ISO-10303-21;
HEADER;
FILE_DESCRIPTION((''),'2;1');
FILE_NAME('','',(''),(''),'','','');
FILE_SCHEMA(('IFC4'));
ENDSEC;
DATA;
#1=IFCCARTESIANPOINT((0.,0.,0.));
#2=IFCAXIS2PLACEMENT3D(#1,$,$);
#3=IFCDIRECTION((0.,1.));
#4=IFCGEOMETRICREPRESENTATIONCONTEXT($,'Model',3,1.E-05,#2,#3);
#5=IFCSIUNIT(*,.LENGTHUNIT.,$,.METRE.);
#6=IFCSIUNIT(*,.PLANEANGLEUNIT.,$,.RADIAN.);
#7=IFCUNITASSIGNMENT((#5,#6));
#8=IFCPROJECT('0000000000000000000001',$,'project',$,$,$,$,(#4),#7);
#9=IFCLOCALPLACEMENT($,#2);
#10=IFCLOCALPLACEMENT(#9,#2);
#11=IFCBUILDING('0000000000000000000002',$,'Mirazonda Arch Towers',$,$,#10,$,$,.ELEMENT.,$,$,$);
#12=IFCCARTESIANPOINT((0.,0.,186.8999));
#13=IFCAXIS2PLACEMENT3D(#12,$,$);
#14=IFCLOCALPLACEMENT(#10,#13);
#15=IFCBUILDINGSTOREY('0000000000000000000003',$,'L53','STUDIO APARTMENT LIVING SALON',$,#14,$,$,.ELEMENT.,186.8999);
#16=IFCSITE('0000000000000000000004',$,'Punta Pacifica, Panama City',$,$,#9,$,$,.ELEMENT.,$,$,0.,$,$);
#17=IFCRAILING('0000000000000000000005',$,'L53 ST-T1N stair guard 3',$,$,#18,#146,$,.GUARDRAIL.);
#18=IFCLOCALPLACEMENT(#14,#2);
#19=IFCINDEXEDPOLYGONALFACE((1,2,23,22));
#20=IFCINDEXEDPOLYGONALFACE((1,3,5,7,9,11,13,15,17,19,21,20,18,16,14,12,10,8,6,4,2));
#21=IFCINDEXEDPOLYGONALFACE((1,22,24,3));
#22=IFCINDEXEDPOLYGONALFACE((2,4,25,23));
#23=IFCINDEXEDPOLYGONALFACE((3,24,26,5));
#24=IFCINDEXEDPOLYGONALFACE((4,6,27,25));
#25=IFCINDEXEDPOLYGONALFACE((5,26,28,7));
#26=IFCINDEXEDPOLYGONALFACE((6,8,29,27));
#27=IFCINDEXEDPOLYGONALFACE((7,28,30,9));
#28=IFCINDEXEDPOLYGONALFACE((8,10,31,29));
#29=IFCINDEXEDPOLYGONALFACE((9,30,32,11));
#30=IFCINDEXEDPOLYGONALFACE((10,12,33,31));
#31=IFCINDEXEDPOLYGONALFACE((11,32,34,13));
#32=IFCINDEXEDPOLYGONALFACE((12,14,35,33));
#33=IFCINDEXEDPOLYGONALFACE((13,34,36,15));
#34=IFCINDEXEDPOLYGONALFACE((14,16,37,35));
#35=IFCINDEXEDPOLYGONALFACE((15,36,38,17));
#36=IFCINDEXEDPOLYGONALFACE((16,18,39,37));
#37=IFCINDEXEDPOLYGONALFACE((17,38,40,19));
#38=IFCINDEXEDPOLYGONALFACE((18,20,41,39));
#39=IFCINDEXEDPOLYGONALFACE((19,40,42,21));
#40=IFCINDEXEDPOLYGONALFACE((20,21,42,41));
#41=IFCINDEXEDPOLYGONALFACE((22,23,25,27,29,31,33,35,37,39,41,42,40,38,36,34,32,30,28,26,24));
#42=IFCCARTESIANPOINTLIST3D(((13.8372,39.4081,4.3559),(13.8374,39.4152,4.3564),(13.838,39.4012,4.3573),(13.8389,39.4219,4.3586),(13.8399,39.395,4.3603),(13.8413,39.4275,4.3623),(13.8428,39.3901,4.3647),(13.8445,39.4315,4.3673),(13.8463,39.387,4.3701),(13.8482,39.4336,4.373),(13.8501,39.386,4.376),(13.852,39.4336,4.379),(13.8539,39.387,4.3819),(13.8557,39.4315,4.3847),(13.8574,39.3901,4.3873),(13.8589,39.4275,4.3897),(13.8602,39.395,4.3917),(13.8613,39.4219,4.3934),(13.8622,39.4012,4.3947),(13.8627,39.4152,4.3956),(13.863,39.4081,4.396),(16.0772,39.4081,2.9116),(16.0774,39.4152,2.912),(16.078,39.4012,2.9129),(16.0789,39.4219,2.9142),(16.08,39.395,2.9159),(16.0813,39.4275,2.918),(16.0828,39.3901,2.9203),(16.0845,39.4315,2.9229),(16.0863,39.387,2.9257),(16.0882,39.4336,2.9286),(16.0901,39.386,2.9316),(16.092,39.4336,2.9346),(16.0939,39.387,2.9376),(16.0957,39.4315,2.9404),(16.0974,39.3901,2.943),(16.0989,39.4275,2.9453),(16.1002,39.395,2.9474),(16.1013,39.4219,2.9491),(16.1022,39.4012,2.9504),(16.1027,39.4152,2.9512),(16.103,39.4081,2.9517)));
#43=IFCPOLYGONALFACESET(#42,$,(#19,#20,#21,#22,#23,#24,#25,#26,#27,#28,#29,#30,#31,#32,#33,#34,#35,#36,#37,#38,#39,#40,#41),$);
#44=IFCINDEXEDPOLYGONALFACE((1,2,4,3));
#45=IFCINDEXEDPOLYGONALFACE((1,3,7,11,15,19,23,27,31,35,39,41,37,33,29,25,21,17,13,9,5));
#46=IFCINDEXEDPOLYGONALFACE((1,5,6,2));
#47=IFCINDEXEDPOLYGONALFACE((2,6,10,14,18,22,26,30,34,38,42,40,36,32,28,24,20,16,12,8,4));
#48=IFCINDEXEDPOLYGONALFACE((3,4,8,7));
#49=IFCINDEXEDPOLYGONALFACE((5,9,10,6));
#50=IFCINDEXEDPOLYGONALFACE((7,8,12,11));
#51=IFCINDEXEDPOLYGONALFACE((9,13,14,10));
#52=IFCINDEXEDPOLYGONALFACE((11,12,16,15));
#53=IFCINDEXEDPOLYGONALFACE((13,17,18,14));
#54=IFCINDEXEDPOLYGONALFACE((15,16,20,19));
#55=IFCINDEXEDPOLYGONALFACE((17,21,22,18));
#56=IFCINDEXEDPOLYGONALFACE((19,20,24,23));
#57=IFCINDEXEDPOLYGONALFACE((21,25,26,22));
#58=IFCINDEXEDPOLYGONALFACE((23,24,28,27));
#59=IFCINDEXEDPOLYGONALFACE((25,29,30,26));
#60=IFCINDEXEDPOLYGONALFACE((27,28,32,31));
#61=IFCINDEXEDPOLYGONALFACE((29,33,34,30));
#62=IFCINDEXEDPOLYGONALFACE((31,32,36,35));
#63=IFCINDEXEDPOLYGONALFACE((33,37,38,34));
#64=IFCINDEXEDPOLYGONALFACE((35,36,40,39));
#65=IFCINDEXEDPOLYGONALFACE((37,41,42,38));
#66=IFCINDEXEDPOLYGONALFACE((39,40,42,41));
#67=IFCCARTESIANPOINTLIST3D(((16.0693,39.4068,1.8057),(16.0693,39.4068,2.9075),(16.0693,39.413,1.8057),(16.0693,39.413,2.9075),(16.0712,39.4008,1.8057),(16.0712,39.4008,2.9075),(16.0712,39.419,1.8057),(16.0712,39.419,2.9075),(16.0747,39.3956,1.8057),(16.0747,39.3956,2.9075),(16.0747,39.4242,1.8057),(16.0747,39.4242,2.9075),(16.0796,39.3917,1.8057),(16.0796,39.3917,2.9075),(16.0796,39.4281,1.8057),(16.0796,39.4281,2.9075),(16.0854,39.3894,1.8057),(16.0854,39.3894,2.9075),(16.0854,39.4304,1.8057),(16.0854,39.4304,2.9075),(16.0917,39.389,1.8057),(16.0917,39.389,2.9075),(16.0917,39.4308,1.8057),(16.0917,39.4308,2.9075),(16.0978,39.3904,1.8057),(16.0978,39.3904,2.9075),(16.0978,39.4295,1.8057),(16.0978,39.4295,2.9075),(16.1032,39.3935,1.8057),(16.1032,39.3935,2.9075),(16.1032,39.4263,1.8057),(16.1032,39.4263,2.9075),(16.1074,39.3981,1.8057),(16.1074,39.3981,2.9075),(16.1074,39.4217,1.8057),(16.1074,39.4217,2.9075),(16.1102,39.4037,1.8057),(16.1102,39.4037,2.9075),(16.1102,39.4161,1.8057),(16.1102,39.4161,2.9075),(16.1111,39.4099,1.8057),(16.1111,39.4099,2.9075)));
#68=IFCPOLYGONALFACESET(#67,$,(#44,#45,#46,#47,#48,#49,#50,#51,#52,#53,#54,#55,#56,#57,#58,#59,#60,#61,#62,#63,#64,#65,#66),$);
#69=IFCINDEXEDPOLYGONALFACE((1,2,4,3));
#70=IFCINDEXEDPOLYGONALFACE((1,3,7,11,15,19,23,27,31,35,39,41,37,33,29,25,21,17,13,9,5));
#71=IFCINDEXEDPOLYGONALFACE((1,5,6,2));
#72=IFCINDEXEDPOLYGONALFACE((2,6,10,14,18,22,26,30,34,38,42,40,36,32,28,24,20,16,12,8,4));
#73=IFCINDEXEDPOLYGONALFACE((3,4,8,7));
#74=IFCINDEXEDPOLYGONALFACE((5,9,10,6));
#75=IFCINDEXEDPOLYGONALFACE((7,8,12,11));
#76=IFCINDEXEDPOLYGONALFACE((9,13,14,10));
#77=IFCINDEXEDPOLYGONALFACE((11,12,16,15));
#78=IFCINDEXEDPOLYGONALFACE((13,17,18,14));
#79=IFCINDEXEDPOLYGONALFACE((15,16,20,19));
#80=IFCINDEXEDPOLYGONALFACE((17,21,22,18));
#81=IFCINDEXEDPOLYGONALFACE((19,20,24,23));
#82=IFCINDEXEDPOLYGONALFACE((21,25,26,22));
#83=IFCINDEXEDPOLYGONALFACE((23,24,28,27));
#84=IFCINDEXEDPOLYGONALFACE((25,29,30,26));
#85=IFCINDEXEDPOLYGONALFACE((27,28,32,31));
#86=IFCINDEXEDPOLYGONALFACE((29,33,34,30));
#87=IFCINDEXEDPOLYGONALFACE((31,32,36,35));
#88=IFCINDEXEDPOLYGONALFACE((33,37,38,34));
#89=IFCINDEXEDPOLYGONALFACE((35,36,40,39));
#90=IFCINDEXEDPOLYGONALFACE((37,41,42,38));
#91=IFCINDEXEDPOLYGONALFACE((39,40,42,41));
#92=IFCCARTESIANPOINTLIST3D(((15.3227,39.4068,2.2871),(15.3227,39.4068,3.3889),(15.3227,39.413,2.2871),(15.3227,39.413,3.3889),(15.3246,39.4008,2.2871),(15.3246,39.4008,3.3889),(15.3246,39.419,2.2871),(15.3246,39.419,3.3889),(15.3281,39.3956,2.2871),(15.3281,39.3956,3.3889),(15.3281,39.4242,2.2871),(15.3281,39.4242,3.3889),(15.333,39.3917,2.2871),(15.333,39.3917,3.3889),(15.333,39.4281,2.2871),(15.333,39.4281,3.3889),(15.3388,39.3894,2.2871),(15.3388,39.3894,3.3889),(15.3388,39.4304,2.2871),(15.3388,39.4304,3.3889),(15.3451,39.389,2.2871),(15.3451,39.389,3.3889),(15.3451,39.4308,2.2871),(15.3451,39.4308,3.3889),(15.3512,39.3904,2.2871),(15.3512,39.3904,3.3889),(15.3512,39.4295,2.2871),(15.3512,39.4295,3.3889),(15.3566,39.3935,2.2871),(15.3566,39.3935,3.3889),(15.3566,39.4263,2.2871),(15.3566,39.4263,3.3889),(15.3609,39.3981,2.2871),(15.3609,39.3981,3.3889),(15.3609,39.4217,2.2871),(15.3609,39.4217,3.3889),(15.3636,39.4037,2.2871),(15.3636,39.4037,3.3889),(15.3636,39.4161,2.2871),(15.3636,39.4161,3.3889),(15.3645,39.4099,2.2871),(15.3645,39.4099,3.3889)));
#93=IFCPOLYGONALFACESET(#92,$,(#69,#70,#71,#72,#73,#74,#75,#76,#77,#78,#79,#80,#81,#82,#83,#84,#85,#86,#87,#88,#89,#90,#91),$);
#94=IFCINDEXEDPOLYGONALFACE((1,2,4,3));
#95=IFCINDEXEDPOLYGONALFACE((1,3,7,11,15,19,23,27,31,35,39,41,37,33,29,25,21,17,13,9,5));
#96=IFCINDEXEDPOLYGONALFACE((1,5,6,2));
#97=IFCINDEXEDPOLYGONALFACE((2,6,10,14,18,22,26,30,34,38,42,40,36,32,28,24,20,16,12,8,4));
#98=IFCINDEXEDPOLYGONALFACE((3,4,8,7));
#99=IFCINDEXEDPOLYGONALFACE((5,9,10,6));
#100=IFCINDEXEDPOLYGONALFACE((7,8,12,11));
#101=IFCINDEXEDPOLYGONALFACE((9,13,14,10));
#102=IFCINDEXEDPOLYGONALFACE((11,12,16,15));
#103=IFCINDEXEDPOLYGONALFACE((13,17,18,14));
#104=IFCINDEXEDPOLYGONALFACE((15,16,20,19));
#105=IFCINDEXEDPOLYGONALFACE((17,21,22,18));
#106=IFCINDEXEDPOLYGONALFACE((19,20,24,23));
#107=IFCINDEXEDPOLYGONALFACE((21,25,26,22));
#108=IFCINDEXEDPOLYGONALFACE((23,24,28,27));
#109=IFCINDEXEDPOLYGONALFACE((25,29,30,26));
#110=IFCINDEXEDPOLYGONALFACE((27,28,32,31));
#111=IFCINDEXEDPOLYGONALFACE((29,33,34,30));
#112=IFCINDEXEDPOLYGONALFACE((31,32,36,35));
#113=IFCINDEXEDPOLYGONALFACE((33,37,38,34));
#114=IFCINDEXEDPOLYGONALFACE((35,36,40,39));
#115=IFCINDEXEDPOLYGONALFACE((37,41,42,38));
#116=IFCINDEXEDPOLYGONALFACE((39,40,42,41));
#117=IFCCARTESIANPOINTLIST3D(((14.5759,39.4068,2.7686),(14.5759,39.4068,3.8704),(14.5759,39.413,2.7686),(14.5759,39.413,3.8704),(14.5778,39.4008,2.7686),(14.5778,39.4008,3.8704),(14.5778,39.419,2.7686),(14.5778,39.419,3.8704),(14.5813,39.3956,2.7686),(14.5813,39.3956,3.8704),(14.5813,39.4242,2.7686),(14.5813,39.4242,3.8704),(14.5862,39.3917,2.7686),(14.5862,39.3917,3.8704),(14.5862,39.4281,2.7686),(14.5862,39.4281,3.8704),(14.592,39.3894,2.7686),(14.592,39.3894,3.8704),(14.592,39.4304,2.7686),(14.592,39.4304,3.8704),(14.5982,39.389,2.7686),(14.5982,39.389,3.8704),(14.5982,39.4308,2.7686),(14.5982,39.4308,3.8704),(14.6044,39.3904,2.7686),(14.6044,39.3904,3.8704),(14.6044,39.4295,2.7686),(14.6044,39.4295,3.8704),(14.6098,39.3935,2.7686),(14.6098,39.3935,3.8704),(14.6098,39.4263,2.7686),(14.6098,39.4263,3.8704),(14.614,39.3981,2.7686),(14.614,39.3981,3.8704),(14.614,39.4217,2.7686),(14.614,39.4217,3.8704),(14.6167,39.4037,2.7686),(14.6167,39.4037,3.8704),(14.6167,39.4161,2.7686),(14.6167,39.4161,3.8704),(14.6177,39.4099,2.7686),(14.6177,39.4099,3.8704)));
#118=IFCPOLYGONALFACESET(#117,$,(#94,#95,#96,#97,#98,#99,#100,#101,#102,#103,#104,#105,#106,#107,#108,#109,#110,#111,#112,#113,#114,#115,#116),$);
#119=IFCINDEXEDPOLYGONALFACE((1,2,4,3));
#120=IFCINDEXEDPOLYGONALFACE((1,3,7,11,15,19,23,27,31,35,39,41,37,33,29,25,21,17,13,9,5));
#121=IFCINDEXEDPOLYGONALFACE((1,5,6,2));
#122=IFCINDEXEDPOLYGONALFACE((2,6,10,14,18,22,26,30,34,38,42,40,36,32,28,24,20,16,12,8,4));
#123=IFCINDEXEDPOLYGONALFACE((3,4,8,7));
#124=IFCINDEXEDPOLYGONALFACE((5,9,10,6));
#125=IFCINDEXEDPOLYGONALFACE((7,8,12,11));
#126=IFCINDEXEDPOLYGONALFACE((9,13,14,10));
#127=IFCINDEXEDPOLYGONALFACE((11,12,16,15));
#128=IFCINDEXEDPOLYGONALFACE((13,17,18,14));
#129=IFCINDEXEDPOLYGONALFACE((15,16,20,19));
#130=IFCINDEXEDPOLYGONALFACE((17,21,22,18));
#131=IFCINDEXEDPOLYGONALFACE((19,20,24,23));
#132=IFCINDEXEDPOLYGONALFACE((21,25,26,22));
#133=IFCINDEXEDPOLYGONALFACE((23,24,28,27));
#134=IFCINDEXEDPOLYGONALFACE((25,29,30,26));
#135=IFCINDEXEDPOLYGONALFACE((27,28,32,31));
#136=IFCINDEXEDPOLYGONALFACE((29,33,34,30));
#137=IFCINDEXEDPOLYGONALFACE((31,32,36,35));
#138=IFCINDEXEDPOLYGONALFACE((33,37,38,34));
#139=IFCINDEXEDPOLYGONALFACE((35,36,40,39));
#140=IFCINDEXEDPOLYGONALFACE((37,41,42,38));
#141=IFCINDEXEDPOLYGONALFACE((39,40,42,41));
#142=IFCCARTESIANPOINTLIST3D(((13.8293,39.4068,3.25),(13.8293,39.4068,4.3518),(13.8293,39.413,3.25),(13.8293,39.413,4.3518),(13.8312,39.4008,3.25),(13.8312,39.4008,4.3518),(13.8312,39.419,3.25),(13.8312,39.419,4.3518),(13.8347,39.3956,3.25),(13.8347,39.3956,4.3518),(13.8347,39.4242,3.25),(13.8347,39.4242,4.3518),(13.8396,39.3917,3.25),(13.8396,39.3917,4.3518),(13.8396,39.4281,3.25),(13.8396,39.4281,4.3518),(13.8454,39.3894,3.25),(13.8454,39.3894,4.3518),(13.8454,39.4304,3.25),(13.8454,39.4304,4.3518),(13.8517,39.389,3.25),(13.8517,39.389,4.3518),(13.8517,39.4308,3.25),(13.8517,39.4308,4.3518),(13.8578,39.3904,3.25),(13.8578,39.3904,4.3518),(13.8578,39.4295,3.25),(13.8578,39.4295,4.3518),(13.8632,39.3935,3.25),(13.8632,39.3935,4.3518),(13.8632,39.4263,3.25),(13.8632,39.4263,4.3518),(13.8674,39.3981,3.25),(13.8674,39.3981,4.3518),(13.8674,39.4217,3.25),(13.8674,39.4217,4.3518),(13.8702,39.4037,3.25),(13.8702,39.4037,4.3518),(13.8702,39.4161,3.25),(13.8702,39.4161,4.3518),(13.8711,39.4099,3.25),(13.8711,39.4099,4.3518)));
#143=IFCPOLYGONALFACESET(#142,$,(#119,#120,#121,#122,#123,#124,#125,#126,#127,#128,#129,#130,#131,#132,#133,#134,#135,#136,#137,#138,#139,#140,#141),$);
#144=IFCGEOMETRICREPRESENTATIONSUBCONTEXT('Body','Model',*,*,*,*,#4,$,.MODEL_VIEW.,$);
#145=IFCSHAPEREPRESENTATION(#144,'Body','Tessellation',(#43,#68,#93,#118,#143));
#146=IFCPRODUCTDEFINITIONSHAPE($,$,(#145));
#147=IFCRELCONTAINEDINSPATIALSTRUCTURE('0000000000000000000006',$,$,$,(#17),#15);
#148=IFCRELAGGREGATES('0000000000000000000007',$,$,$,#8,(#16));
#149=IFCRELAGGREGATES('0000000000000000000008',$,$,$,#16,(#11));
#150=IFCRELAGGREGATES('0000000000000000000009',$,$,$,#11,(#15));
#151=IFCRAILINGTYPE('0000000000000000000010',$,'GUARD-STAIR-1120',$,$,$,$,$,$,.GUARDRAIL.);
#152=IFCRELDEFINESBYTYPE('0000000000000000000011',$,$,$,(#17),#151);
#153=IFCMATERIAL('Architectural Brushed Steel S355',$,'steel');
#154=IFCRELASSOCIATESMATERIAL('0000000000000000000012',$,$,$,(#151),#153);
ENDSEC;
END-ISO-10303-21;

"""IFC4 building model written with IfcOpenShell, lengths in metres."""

from ifc_helpers import new_model, si_unit, direction, frame, origin, origin_2d, place, context, subcontext, project, spatial, circle, extrude, material, type_object, element, save


model = new_model("IFC4")

# Units and contexts
model_context = context("Model", 3, precision=1e-05, world=origin(), true_north=direction((0.0, 1.0)))
body_context = subcontext(model_context, "Body", "Model", "MODEL_VIEW")
ifc_project = project(units=[si_unit("LENGTHUNIT", "METRE"), si_unit("PLANEANGLEUNIT", "RADIAN")], contexts=[model_context])

# Site, building, storey
site_placement = place(None, origin())
site = spatial("IfcSite", under=ifc_project, at=site_placement, Name="Punta Pacifica, Panama City", CompositionType="ELEMENT", RefElevation=0.0)
building_placement = place(site_placement, origin())
building = spatial("IfcBuilding", under=site, at=building_placement, Name="Mirazonda Arch Towers", CompositionType="ELEMENT")
storey_placement = place(building_placement, frame((0.0, 0.0, 186.8999)))
storey = spatial("IfcBuildingStorey", under=building, at=storey_placement, Name="L53", Description="STUDIO APARTMENT LIVING SALON", CompositionType="ELEMENT", Elevation=186.8999)

# Railing
ifc_material_1 = material(Name="Architectural Brushed Steel S355", Category="steel")
railing_type_1 = type_object("IfcRailingType", Name="GUARD-STAIR-1120", PredefinedType="GUARDRAIL", material=ifc_material_1)
railing_1_placement = place(storey_placement, frame((16.0901, 39.4099, 1.8057)))
element("IfcRailing", 1, at=railing_1_placement, inside=storey, type_object=railing_type_1, Name="L53 ST-T1N stair guard 3", PredefinedType="GUARDRAIL", context=body_context, shape_type="SweptSolid", body=[
    extrude(circle(Radius=0.0239, at=origin_2d()), frame((0.0, 0.0, 1.126), z_axis=(-0.840437, 0.0, 0.54191), x_axis=(0.0, -1.0, 0.0)), (0.0, 0.0, 1.0), 2.6653),
    extrude(circle(Radius=0.021, at=origin_2d()), origin(), (0.0, 0.0, 1.0), 1.1018),
    extrude(circle(Radius=0.021, at=origin_2d()), frame((-0.7466, 0.0, 0.4814)), (0.0, 0.0, 1.0), 1.1018),
    extrude(circle(Radius=0.021, at=origin_2d()), frame((-1.4934, 0.0, 0.9629)), (0.0, 0.0, 1.0), 1.1018),
    extrude(circle(Radius=0.021, at=origin_2d()), frame((-2.24, 0.0, 1.4443)), (0.0, 0.0, 1.0), 1.1018),
])

save(model, "model.ifc")
